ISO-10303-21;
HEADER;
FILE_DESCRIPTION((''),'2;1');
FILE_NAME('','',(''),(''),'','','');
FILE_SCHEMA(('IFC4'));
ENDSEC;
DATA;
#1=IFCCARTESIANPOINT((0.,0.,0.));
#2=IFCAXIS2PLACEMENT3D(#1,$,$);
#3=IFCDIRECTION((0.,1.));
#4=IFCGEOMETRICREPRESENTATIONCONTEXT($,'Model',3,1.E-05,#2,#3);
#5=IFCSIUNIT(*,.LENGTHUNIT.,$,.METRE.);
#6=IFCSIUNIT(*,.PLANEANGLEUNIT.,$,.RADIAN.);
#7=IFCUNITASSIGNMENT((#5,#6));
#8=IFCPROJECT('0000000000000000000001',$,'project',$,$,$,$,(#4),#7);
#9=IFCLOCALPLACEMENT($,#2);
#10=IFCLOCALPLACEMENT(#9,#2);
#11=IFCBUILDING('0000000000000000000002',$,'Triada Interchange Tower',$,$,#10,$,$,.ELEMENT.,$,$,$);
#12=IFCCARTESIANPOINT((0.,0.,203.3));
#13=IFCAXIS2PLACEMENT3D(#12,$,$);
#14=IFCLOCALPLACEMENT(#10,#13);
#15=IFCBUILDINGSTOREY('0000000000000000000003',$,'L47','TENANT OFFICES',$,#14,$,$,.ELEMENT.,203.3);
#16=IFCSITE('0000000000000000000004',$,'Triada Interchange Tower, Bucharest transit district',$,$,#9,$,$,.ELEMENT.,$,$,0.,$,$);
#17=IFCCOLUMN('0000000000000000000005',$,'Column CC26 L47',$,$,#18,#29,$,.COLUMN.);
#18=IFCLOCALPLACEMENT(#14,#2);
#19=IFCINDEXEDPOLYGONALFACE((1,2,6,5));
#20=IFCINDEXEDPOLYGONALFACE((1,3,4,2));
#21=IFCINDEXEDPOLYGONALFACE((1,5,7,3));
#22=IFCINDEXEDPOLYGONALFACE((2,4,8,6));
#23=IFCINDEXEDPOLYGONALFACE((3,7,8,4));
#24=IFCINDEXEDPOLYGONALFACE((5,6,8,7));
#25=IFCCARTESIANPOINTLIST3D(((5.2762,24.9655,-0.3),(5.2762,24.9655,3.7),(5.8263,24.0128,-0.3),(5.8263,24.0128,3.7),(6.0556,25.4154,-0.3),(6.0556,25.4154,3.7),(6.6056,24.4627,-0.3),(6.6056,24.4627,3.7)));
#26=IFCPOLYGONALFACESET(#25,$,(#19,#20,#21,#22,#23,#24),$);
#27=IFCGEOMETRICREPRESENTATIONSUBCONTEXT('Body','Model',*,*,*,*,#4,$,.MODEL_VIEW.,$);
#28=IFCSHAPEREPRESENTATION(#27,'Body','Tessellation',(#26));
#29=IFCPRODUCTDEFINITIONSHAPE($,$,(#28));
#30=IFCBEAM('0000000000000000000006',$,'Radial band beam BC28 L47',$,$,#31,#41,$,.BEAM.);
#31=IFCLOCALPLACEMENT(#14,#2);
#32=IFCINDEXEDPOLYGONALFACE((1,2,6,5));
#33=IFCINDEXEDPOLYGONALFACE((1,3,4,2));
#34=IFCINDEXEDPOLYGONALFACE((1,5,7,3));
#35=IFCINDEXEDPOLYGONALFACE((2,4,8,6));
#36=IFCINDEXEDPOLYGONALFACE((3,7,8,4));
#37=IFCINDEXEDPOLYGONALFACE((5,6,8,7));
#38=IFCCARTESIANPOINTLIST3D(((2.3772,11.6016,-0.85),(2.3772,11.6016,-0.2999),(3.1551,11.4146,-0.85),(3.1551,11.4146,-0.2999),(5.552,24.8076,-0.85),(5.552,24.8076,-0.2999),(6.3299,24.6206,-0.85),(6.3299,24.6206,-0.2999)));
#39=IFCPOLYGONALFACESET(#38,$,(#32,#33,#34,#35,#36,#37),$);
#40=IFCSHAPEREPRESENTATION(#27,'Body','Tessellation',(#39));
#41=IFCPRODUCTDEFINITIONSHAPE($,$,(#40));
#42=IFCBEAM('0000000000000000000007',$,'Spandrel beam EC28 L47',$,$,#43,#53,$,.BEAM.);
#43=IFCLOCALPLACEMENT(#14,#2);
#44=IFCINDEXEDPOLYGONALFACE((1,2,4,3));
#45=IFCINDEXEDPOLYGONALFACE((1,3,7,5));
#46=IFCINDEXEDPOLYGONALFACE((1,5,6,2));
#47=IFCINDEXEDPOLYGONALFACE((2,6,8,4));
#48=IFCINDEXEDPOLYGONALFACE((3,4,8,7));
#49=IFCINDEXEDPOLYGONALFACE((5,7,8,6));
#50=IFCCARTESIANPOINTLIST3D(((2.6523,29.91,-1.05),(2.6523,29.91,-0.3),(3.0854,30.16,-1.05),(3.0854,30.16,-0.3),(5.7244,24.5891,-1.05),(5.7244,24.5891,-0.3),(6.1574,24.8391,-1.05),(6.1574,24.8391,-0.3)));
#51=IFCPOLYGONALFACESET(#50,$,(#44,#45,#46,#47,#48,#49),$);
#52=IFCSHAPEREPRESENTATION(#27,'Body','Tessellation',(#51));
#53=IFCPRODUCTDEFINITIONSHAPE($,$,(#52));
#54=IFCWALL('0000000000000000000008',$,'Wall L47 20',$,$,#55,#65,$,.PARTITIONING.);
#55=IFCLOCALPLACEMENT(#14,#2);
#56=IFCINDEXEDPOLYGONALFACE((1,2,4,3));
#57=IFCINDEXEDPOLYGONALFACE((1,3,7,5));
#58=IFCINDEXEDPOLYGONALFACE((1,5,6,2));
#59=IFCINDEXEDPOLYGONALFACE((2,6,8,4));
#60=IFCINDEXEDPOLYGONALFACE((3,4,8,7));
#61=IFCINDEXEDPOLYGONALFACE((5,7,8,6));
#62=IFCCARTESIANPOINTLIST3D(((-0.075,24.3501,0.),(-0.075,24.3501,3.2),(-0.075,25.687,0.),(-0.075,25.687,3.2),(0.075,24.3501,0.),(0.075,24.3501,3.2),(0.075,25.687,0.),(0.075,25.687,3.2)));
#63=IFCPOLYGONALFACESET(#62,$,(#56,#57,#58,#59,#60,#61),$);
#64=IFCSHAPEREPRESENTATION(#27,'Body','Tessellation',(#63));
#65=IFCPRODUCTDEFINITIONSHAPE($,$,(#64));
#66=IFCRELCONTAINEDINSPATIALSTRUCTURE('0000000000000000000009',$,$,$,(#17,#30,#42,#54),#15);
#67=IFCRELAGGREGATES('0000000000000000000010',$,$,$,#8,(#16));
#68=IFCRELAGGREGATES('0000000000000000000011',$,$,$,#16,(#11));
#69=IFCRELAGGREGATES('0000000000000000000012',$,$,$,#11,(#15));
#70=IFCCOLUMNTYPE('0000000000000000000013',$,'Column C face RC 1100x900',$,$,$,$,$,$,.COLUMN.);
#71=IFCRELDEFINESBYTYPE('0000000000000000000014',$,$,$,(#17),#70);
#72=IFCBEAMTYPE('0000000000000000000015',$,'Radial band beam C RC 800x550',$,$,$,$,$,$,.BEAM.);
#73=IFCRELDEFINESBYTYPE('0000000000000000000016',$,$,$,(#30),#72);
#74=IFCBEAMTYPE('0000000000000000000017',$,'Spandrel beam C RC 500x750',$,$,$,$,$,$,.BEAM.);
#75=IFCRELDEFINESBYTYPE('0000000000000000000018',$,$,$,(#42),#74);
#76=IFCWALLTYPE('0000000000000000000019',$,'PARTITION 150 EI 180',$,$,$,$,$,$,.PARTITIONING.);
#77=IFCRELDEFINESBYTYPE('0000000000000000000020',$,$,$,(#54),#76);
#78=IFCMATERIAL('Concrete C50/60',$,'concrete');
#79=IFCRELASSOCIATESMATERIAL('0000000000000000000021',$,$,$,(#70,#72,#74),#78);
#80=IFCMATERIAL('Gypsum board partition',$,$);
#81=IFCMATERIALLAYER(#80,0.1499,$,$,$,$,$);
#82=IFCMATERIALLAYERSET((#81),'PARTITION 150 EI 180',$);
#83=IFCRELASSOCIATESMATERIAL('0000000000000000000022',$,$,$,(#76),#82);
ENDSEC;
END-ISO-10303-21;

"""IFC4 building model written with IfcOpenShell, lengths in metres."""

from ifc_helpers import new_model, si_unit, direction, frame, frame_2d, origin, origin_2d, place, context, subcontext, project, spatial, rectangle, extrude, material, layer, layer_set, material_profile, profile_set, type_object, element, save


model = new_model("IFC4")

# Units and contexts
model_context = context("Model", 3, precision=1e-05, world=origin(), true_north=direction((0.0, 1.0)))
body_context = subcontext(model_context, "Body", "Model", "MODEL_VIEW")
ifc_project = project(units=[si_unit("LENGTHUNIT", "METRE"), si_unit("PLANEANGLEUNIT", "RADIAN")], contexts=[model_context])

# Site, building, storey
site_placement = place(None, origin())
site = spatial("IfcSite", under=ifc_project, at=site_placement, Name="Triada Interchange Tower, Bucharest transit district", CompositionType="ELEMENT", RefElevation=0.0)
building_placement = place(site_placement, origin())
building = spatial("IfcBuilding", under=site, at=building_placement, Name="Triada Interchange Tower", CompositionType="ELEMENT")
storey_placement = place(building_placement, frame((0.0, 0.0, 203.3)))
storey = spatial("IfcBuildingStorey", under=building, at=storey_placement, Name="L47", Description="TENANT OFFICES", CompositionType="ELEMENT", Elevation=203.3)

# Column
ifc_material_1 = material(Name="Concrete C50/60", Category="concrete")
ifc_material_profile_1 = material_profile(ifc_material_1, rectangle(XDim=1.1001, YDim=0.8999, at=origin_2d()), Name="RC 1100x900")
ifc_profile_set_1 = profile_set([ifc_material_profile_1], Name="Concrete C50/60")
column_type = type_object("IfcColumnType", Name="Column C face RC 1100x900", PredefinedType="COLUMN", material=ifc_profile_set_1)
column_placement = place(storey_placement, frame((5.9409, 24.7141, -0.3), z_axis=(0.0, 0.0, 1.0), x_axis=(-0.5, 0.866025, 0.0)))
element("IfcColumn", 1, at=column_placement, inside=storey, type_object=column_type, Name="Column CC26 L47", PredefinedType="COLUMN", context=body_context, shape_type="SweptSolid", body=[
    extrude(rectangle(XDim=1.1001, YDim=0.8999, at=origin_2d()), origin(), (0.0, 0.0, 1.0), 4.0),
])

# Beams
ifc_material_profile_2 = material_profile(ifc_material_1, rectangle(XDim=0.8, YDim=0.55, at=origin_2d()), Name="RC 800x550")
ifc_profile_set_2 = profile_set([ifc_material_profile_2], Name="Concrete C50/60")
beam_type_1 = type_object("IfcBeamType", Name="Radial band beam C RC 800x550", PredefinedType="BEAM", material=ifc_profile_set_2)
beam_1_placement = place(storey_placement, frame((5.9409, 24.7141, -0.575), z_axis=(-0.233745, -0.972298, 0.0), x_axis=(0.972298, -0.233745, 0.0)))
element("IfcBeam", 2, at=beam_1_placement, inside=storey, type_object=beam_type_1, Name="Radial band beam BC28 L47", PredefinedType="BEAM", context=body_context, shape_type="SweptSolid", body=[
    extrude(rectangle(XDim=0.8, YDim=0.55, at=origin_2d()), origin(), (0.0, 0.0, 1.0), 13.5823),
])
ifc_material_profile_3 = material_profile(ifc_material_1, rectangle(XDim=0.5, YDim=0.75, at=origin_2d()), Name="RC 500x750")
ifc_profile_set_3 = profile_set([ifc_material_profile_3], Name="Concrete C50/60")
beam_type_2 = type_object("IfcBeamType", Name="Spandrel beam C RC 500x750", PredefinedType="BEAM", material=ifc_profile_set_3)
beam_2_placement = place(storey_placement, frame((5.9409, 24.7141, -0.675), z_axis=(-0.500007, 0.866021, 0.0), x_axis=(-0.866021, -0.500007, 0.0)))
element("IfcBeam", 3, at=beam_2_placement, inside=storey, type_object=beam_type_2, Name="Spandrel beam EC28 L47", PredefinedType="BEAM", context=body_context, shape_type="SweptSolid", body=[
    extrude(rectangle(XDim=0.5, YDim=0.75, at=origin_2d()), origin(), (0.0, 0.0, 1.0), 6.144),
])

# Wall
ifc_material_2 = material(Name="Gypsum board partition")
ifc_layer_1 = layer(ifc_material_2, 0.1499)
ifc_layer_set_1 = layer_set([ifc_layer_1], Name="PARTITION 150 EI 180")
wall_type_1 = type_object("IfcWallType", Name="PARTITION 150 EI 180", PredefinedType="PARTITIONING", material=ifc_layer_set_1)
wall_1_placement = place(storey_placement, frame((0.0, 24.3501, 0.0), z_axis=(0.0, 0.0, 1.0), x_axis=(0.0, 1.0, 0.0)))
element("IfcWall", 4, at=wall_1_placement, inside=storey, type_object=wall_type_1, Name="Wall L47 20", PredefinedType="PARTITIONING", context=body_context, shape_type="SweptSolid", body=[
    extrude(rectangle(XDim=1.3369, YDim=0.1499, at=frame_2d((0.6685, 0.0))), origin(), (0.0, 0.0, 1.0), 3.2),
])

save(model, "model.ifc")
